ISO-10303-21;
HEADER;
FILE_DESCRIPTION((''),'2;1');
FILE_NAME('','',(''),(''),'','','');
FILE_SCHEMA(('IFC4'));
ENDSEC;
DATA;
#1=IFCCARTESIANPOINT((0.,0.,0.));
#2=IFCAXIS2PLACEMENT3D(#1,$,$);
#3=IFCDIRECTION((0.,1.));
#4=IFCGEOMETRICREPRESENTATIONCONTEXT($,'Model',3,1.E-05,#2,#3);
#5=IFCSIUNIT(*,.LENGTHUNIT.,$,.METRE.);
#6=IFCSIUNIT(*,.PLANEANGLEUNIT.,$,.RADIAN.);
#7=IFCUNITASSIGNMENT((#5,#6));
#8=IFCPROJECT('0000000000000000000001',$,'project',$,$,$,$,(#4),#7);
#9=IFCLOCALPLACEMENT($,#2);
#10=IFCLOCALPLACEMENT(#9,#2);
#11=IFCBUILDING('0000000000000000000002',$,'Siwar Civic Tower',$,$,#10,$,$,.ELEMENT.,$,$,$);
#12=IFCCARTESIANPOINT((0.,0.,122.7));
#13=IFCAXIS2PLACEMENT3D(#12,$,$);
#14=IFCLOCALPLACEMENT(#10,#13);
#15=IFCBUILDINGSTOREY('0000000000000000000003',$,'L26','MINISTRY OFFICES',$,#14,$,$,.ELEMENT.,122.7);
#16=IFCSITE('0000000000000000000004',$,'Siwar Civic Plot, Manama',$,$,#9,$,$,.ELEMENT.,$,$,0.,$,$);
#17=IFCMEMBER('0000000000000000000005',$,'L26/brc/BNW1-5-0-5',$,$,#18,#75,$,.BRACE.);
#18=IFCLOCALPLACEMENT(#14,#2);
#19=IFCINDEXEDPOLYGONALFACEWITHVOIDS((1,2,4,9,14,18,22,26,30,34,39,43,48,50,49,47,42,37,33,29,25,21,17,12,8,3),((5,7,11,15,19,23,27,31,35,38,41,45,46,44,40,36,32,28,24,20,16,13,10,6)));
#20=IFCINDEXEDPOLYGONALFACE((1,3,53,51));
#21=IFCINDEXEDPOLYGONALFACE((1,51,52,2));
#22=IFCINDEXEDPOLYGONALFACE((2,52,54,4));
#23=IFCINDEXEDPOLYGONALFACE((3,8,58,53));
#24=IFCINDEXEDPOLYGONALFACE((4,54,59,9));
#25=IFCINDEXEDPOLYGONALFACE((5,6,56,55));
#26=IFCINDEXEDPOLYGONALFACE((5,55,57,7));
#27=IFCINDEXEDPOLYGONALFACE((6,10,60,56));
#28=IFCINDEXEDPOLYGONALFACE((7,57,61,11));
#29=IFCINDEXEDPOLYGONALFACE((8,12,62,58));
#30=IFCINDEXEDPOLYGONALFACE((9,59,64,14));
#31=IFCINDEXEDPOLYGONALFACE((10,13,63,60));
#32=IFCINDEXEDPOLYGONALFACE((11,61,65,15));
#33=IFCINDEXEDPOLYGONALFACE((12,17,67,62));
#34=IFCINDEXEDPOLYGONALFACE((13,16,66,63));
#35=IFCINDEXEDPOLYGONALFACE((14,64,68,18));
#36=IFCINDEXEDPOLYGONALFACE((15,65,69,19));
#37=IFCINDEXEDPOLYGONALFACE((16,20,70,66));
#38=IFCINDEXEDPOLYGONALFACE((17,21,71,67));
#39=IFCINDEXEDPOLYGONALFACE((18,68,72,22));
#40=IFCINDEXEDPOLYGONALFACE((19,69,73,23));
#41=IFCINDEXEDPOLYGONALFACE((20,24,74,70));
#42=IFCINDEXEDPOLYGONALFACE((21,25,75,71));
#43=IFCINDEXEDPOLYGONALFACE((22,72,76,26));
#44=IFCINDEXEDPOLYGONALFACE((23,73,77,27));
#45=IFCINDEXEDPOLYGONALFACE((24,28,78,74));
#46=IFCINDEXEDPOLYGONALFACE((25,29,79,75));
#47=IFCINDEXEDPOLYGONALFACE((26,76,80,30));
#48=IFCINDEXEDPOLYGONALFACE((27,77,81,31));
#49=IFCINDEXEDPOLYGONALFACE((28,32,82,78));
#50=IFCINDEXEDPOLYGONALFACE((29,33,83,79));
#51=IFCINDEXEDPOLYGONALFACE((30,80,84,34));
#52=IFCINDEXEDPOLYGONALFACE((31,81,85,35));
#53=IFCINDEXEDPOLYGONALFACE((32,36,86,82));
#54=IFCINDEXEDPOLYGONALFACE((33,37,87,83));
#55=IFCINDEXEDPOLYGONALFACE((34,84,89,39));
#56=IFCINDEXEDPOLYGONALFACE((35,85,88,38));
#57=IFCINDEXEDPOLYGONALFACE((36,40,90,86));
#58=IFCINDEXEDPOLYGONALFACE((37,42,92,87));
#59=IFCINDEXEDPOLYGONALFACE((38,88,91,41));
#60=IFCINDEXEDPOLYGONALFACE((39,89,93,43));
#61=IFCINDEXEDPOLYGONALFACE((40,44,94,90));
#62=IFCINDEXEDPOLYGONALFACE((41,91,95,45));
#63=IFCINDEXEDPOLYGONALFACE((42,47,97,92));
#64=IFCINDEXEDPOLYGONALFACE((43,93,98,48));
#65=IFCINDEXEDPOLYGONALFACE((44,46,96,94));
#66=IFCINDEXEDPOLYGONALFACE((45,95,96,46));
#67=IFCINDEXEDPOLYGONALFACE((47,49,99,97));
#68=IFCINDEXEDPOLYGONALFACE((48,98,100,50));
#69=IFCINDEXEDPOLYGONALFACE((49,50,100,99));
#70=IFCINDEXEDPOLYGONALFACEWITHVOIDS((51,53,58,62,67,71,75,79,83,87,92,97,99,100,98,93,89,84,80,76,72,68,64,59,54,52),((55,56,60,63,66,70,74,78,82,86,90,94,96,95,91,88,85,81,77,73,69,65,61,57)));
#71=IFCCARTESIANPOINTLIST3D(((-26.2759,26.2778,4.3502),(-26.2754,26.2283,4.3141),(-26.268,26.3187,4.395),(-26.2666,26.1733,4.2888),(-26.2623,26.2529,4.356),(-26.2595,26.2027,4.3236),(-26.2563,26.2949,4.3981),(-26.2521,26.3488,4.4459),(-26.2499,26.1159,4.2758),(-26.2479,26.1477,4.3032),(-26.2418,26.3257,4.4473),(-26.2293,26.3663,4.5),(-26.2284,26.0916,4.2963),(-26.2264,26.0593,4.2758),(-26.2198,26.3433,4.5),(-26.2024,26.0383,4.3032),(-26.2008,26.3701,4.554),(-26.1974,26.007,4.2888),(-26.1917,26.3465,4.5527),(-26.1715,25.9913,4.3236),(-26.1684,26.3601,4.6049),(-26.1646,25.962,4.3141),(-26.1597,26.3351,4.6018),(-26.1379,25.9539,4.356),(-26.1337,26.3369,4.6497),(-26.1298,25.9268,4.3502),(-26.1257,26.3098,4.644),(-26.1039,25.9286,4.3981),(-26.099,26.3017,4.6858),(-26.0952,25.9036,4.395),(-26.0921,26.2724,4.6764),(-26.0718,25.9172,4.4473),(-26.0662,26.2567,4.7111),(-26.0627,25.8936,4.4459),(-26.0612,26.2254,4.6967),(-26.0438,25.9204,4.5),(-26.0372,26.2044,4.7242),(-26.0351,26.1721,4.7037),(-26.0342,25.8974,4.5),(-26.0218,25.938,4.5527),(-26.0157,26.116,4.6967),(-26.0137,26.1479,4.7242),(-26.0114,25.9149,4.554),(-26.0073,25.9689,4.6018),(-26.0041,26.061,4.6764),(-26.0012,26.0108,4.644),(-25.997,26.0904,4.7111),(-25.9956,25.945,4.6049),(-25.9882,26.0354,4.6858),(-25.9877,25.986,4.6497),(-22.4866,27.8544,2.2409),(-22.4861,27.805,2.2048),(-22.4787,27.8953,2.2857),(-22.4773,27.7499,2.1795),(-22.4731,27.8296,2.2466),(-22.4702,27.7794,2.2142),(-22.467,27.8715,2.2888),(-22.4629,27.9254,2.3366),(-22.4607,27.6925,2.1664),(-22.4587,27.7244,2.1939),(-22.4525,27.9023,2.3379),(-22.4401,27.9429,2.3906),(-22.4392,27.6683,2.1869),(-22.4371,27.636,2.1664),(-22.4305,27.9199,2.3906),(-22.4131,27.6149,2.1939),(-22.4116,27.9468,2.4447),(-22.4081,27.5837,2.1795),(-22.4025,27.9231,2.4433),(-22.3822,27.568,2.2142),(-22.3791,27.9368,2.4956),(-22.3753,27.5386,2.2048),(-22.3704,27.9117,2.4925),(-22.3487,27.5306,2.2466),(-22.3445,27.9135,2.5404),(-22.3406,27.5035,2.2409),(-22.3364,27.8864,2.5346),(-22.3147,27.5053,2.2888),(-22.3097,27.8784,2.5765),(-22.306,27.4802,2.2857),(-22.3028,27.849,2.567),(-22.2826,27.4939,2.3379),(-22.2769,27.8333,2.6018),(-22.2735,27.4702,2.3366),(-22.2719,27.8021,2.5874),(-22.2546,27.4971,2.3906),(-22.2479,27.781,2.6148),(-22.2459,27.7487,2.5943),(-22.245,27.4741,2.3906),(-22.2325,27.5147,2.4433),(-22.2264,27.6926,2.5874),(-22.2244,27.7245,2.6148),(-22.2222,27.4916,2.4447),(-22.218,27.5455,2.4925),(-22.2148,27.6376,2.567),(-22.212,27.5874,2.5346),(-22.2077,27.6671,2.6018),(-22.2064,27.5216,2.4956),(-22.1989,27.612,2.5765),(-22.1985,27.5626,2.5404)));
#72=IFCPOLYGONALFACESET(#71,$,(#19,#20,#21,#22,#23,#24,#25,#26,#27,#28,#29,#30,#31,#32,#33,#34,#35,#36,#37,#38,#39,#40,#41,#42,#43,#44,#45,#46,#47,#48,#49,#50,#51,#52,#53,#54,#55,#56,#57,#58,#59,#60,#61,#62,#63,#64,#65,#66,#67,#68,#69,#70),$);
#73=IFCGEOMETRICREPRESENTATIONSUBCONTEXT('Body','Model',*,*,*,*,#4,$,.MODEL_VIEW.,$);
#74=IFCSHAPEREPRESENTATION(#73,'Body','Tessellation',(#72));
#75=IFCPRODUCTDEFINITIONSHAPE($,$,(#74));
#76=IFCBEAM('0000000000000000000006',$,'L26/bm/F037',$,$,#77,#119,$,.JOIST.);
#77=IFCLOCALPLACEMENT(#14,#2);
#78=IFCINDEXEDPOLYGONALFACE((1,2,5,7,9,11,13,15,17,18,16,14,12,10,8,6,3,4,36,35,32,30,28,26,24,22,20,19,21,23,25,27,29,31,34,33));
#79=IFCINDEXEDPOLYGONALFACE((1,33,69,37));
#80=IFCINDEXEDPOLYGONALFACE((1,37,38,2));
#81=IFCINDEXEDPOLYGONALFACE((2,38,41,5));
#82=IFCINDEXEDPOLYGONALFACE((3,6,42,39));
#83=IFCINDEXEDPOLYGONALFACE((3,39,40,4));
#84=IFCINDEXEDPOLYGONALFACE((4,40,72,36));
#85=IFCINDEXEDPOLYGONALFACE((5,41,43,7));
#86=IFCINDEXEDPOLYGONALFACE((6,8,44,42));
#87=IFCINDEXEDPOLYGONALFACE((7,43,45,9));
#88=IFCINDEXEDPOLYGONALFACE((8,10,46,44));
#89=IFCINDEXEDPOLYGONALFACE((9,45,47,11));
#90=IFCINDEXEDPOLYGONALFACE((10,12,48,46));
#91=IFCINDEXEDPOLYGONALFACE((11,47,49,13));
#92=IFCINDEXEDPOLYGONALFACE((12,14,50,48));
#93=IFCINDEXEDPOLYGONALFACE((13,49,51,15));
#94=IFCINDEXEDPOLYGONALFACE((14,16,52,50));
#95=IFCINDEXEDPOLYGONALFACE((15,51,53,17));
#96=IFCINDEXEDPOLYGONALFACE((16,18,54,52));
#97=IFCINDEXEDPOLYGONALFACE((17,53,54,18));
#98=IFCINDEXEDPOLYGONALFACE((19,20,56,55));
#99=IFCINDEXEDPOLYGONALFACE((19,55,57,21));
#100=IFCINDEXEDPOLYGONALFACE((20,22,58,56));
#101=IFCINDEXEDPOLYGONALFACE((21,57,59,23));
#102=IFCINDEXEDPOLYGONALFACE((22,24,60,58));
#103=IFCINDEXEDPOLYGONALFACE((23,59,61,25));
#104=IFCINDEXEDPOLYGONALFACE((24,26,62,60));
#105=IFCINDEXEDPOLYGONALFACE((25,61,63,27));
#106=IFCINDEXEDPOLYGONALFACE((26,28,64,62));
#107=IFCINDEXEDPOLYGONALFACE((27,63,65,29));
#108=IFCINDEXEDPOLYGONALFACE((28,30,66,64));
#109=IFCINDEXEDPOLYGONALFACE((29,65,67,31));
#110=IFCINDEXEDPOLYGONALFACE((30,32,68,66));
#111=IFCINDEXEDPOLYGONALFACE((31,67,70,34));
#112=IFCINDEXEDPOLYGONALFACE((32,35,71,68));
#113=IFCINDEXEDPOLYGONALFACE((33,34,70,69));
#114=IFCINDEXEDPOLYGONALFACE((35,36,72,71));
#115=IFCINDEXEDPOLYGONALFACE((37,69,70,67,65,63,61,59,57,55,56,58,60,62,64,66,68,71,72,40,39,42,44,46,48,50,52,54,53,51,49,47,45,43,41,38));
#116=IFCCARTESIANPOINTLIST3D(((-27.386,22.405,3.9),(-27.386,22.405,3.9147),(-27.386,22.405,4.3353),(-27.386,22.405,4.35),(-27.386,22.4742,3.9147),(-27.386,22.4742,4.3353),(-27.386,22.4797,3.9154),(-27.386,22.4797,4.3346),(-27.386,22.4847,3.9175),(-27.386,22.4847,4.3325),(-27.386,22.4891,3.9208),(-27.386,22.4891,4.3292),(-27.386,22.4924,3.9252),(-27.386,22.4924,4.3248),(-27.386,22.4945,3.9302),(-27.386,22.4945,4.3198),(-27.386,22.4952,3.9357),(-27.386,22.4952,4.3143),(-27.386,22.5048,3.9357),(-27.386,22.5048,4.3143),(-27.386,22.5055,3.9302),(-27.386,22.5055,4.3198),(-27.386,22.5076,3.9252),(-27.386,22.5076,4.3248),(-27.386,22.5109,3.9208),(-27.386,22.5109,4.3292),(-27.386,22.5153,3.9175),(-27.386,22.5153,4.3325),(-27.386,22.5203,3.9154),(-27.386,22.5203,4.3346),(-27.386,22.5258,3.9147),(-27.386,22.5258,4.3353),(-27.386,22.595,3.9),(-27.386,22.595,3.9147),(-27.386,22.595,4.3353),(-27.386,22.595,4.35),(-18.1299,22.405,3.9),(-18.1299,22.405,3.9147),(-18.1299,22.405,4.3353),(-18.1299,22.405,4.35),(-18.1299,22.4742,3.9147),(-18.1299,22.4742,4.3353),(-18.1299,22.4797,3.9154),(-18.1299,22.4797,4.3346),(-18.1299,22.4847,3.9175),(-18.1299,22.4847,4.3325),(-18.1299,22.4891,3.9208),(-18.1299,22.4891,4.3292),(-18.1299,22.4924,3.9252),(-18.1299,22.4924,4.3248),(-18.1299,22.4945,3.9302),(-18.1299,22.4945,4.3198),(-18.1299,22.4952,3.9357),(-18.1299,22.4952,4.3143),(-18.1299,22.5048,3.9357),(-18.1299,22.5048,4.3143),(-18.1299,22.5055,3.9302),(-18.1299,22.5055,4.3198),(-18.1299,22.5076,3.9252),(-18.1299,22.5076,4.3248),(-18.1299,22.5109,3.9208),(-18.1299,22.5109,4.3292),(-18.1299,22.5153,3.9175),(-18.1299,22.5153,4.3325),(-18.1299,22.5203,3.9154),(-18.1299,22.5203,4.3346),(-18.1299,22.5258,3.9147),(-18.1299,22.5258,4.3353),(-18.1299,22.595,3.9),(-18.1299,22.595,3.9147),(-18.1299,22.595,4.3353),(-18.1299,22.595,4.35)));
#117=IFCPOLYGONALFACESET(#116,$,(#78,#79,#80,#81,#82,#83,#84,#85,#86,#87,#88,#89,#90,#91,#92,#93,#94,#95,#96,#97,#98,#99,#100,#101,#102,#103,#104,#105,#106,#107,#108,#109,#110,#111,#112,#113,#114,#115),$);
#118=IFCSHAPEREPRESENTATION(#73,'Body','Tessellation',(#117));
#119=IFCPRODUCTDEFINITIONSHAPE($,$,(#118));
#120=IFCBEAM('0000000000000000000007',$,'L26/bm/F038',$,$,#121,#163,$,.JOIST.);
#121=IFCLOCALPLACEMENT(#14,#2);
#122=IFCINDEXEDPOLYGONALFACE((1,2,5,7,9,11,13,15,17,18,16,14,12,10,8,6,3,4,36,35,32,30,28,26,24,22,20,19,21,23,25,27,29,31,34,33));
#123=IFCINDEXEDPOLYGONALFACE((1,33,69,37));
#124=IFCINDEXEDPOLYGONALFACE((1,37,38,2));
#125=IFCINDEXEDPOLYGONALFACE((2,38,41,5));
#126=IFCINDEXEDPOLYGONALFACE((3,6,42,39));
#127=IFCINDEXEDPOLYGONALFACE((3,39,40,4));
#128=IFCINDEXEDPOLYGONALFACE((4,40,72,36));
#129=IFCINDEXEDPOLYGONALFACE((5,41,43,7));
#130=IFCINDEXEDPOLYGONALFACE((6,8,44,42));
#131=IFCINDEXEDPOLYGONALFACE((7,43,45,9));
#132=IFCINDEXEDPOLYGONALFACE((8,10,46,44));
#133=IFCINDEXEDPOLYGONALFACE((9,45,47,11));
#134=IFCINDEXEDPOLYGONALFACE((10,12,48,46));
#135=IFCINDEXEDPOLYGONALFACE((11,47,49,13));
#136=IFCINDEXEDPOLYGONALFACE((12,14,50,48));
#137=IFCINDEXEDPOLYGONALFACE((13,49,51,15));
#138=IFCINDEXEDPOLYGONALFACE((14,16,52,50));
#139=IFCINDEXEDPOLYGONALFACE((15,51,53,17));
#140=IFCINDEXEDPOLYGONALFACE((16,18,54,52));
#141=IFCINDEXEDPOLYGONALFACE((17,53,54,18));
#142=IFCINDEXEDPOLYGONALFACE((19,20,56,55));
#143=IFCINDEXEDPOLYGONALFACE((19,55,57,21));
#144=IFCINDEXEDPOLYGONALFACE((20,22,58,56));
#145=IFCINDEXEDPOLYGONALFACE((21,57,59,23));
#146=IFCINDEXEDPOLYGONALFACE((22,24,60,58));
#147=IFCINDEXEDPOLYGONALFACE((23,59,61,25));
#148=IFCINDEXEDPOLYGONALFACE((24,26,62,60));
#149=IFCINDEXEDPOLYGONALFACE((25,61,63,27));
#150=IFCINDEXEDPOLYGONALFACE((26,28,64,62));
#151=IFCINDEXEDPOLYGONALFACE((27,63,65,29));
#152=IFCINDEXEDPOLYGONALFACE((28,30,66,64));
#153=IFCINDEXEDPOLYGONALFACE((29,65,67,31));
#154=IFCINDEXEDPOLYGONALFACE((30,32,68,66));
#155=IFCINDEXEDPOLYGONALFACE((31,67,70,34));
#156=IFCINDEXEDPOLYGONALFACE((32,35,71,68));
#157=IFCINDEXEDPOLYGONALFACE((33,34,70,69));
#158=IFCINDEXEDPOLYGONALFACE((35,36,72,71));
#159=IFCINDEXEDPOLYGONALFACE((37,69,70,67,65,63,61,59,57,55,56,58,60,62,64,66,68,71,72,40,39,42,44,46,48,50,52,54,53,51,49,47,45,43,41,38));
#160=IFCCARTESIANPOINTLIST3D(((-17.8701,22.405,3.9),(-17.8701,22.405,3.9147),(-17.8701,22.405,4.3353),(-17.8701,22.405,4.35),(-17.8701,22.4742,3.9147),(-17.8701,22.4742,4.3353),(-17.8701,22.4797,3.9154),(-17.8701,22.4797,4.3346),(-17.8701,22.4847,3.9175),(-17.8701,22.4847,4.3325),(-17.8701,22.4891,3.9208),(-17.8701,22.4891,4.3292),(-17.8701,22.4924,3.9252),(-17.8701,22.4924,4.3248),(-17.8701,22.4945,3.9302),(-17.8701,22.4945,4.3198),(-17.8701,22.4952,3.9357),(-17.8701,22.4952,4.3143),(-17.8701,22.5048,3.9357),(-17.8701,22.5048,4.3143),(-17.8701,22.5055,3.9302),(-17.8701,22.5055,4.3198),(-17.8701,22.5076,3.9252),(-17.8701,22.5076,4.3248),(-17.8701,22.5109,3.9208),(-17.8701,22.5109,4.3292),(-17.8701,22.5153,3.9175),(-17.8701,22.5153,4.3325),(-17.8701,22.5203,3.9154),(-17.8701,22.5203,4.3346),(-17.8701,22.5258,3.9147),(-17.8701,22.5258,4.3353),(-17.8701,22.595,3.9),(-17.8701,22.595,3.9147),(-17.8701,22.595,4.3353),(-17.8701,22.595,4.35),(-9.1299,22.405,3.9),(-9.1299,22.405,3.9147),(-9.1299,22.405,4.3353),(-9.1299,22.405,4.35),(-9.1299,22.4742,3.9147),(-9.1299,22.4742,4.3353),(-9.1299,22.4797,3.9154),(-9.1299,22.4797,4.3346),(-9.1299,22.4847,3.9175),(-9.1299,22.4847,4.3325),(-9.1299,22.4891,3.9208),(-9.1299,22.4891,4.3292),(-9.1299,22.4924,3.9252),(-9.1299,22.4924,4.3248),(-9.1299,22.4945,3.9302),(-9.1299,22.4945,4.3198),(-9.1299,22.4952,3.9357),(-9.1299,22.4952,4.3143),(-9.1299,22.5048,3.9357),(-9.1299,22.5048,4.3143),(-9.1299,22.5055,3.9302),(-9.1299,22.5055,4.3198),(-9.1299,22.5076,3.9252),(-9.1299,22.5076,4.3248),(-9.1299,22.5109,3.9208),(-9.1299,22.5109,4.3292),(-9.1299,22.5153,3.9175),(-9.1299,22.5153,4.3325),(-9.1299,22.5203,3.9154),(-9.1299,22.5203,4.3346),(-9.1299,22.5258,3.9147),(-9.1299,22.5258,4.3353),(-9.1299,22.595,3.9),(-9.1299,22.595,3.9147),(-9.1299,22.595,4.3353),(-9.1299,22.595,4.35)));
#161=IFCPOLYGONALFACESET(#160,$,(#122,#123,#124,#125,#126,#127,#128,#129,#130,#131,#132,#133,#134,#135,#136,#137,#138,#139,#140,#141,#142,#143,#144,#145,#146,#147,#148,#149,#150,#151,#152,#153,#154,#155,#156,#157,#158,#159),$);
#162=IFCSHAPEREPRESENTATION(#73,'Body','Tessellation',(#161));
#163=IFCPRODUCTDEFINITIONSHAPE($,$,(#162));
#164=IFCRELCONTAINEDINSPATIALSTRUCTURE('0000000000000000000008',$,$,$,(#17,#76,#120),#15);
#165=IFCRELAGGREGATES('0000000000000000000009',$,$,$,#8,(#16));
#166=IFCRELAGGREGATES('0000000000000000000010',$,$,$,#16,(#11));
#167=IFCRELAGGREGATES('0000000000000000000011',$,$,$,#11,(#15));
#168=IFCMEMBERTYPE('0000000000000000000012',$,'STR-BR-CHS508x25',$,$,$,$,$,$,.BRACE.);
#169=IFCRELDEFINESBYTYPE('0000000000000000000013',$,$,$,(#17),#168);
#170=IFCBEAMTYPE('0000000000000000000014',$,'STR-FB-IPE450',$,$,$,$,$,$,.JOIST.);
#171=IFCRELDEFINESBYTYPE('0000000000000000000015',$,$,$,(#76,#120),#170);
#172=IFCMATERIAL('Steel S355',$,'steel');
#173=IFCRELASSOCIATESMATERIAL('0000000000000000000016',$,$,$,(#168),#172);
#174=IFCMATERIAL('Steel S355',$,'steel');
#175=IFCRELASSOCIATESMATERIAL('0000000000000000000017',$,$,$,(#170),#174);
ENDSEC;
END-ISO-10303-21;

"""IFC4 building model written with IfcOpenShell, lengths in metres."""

from ifc_helpers import new_model, si_unit, direction, frame, origin, origin_2d, place, context, subcontext, project, spatial, hollow_circle, i_section, extrude, material, material_profile, profile_set, type_object, element, save


model = new_model("IFC4")

# Units and contexts
model_context = context("Model", 3, precision=1e-05, world=origin(), true_north=direction((0.0, 1.0)))
body_context = subcontext(model_context, "Body", "Model", "MODEL_VIEW")
ifc_project = project(units=[si_unit("LENGTHUNIT", "METRE"), si_unit("PLANEANGLEUNIT", "RADIAN")], contexts=[model_context])

# Site, building, storey
site_placement = place(None, origin())
site = spatial("IfcSite", under=ifc_project, at=site_placement, Name="Siwar Civic Plot, Manama", CompositionType="ELEMENT", RefElevation=0.0)
building_placement = place(site_placement, origin())
building = spatial("IfcBuilding", under=site, at=building_placement, Name="Siwar Civic Tower", CompositionType="ELEMENT")
storey_placement = place(building_placement, frame((0.0, 0.0, 122.7)))
storey = spatial("IfcBuildingStorey", under=building, at=storey_placement, Name="L26", Description="MINISTRY OFFICES", CompositionType="ELEMENT", Elevation=122.7)

# Member
ifc_material_1 = material(Name="Steel S355", Category="steel")
ifc_material_profile_1 = material_profile(ifc_material_1, hollow_circle(Radius=0.2539, WallThickness=0.0249, at=origin_2d()), Name="CHS508x25")
ifc_profile_set_1 = profile_set([ifc_material_profile_1], Name="Steel S355")
member_type_1 = type_object("IfcMemberType", Name="STR-BR-CHS508x25", PredefinedType="BRACE", material=ifc_profile_set_1)
for number, where, z_axis, x_axis, name in (
    (1, (-22.3425, 27.7085, 2.3906), (-0.821163, -0.341671, 0.457113), (0.384155, -0.923269, 0.0), "L26/brc/BNW1-5-0-5"),
):
    element("IfcMember", number, at=place(storey_placement, frame(where, z_axis=z_axis, x_axis=x_axis)), inside=storey, type_object=member_type_1, Name=name, PredefinedType="BRACE", context=body_context, shape_type="SweptSolid", body=[
        extrude(hollow_circle(Radius=0.2539, WallThickness=0.0249, at=origin_2d()), origin(), (0.0, 0.0, 1.0), 4.6145),
    ])

# Beams
ifc_material_2 = material(Name="Steel S355", Category="steel")
ifc_material_profile_2 = material_profile(ifc_material_2, i_section(OverallWidth=0.1899, OverallDepth=0.45, WebThickness=0.0095, FlangeThickness=0.0146, FilletRadius=0.021, at=origin_2d()), Name="IPE450")
ifc_profile_set_2 = profile_set([ifc_material_profile_2], Name="Steel S355")
beam_type_1 = type_object("IfcBeamType", Name="STR-FB-IPE450", PredefinedType="JOIST", material=ifc_profile_set_2)
beam_1_placement = place(storey_placement, frame((-27.386, 22.5, 4.125), z_axis=(1.0, 0.0, 0.0), x_axis=(0.0, 1.0, 0.0)))
element("IfcBeam", 2, at=beam_1_placement, inside=storey, type_object=beam_type_1, Name="L26/bm/F037", PredefinedType="JOIST", context=body_context, shape_type="SweptSolid", body=[
    extrude(i_section(OverallWidth=0.1899, OverallDepth=0.45, WebThickness=0.0095, FlangeThickness=0.0146, FilletRadius=0.021, at=origin_2d()), origin(), (0.0, 0.0, 1.0), 9.2561),
])
beam_2_placement = place(storey_placement, frame((-17.8701, 22.5, 4.125), z_axis=(1.0, 0.0, 0.0), x_axis=(0.0, 1.0, 0.0)))
element("IfcBeam", 3, at=beam_2_placement, inside=storey, type_object=beam_type_1, Name="L26/bm/F038", PredefinedType="JOIST", context=body_context, shape_type="SweptSolid", body=[
    extrude(i_section(OverallWidth=0.1899, OverallDepth=0.45, WebThickness=0.0095, FlangeThickness=0.0146, FilletRadius=0.021, at=origin_2d()), origin(), (0.0, 0.0, 1.0), 8.7402),
])

save(model, "model.ifc")
